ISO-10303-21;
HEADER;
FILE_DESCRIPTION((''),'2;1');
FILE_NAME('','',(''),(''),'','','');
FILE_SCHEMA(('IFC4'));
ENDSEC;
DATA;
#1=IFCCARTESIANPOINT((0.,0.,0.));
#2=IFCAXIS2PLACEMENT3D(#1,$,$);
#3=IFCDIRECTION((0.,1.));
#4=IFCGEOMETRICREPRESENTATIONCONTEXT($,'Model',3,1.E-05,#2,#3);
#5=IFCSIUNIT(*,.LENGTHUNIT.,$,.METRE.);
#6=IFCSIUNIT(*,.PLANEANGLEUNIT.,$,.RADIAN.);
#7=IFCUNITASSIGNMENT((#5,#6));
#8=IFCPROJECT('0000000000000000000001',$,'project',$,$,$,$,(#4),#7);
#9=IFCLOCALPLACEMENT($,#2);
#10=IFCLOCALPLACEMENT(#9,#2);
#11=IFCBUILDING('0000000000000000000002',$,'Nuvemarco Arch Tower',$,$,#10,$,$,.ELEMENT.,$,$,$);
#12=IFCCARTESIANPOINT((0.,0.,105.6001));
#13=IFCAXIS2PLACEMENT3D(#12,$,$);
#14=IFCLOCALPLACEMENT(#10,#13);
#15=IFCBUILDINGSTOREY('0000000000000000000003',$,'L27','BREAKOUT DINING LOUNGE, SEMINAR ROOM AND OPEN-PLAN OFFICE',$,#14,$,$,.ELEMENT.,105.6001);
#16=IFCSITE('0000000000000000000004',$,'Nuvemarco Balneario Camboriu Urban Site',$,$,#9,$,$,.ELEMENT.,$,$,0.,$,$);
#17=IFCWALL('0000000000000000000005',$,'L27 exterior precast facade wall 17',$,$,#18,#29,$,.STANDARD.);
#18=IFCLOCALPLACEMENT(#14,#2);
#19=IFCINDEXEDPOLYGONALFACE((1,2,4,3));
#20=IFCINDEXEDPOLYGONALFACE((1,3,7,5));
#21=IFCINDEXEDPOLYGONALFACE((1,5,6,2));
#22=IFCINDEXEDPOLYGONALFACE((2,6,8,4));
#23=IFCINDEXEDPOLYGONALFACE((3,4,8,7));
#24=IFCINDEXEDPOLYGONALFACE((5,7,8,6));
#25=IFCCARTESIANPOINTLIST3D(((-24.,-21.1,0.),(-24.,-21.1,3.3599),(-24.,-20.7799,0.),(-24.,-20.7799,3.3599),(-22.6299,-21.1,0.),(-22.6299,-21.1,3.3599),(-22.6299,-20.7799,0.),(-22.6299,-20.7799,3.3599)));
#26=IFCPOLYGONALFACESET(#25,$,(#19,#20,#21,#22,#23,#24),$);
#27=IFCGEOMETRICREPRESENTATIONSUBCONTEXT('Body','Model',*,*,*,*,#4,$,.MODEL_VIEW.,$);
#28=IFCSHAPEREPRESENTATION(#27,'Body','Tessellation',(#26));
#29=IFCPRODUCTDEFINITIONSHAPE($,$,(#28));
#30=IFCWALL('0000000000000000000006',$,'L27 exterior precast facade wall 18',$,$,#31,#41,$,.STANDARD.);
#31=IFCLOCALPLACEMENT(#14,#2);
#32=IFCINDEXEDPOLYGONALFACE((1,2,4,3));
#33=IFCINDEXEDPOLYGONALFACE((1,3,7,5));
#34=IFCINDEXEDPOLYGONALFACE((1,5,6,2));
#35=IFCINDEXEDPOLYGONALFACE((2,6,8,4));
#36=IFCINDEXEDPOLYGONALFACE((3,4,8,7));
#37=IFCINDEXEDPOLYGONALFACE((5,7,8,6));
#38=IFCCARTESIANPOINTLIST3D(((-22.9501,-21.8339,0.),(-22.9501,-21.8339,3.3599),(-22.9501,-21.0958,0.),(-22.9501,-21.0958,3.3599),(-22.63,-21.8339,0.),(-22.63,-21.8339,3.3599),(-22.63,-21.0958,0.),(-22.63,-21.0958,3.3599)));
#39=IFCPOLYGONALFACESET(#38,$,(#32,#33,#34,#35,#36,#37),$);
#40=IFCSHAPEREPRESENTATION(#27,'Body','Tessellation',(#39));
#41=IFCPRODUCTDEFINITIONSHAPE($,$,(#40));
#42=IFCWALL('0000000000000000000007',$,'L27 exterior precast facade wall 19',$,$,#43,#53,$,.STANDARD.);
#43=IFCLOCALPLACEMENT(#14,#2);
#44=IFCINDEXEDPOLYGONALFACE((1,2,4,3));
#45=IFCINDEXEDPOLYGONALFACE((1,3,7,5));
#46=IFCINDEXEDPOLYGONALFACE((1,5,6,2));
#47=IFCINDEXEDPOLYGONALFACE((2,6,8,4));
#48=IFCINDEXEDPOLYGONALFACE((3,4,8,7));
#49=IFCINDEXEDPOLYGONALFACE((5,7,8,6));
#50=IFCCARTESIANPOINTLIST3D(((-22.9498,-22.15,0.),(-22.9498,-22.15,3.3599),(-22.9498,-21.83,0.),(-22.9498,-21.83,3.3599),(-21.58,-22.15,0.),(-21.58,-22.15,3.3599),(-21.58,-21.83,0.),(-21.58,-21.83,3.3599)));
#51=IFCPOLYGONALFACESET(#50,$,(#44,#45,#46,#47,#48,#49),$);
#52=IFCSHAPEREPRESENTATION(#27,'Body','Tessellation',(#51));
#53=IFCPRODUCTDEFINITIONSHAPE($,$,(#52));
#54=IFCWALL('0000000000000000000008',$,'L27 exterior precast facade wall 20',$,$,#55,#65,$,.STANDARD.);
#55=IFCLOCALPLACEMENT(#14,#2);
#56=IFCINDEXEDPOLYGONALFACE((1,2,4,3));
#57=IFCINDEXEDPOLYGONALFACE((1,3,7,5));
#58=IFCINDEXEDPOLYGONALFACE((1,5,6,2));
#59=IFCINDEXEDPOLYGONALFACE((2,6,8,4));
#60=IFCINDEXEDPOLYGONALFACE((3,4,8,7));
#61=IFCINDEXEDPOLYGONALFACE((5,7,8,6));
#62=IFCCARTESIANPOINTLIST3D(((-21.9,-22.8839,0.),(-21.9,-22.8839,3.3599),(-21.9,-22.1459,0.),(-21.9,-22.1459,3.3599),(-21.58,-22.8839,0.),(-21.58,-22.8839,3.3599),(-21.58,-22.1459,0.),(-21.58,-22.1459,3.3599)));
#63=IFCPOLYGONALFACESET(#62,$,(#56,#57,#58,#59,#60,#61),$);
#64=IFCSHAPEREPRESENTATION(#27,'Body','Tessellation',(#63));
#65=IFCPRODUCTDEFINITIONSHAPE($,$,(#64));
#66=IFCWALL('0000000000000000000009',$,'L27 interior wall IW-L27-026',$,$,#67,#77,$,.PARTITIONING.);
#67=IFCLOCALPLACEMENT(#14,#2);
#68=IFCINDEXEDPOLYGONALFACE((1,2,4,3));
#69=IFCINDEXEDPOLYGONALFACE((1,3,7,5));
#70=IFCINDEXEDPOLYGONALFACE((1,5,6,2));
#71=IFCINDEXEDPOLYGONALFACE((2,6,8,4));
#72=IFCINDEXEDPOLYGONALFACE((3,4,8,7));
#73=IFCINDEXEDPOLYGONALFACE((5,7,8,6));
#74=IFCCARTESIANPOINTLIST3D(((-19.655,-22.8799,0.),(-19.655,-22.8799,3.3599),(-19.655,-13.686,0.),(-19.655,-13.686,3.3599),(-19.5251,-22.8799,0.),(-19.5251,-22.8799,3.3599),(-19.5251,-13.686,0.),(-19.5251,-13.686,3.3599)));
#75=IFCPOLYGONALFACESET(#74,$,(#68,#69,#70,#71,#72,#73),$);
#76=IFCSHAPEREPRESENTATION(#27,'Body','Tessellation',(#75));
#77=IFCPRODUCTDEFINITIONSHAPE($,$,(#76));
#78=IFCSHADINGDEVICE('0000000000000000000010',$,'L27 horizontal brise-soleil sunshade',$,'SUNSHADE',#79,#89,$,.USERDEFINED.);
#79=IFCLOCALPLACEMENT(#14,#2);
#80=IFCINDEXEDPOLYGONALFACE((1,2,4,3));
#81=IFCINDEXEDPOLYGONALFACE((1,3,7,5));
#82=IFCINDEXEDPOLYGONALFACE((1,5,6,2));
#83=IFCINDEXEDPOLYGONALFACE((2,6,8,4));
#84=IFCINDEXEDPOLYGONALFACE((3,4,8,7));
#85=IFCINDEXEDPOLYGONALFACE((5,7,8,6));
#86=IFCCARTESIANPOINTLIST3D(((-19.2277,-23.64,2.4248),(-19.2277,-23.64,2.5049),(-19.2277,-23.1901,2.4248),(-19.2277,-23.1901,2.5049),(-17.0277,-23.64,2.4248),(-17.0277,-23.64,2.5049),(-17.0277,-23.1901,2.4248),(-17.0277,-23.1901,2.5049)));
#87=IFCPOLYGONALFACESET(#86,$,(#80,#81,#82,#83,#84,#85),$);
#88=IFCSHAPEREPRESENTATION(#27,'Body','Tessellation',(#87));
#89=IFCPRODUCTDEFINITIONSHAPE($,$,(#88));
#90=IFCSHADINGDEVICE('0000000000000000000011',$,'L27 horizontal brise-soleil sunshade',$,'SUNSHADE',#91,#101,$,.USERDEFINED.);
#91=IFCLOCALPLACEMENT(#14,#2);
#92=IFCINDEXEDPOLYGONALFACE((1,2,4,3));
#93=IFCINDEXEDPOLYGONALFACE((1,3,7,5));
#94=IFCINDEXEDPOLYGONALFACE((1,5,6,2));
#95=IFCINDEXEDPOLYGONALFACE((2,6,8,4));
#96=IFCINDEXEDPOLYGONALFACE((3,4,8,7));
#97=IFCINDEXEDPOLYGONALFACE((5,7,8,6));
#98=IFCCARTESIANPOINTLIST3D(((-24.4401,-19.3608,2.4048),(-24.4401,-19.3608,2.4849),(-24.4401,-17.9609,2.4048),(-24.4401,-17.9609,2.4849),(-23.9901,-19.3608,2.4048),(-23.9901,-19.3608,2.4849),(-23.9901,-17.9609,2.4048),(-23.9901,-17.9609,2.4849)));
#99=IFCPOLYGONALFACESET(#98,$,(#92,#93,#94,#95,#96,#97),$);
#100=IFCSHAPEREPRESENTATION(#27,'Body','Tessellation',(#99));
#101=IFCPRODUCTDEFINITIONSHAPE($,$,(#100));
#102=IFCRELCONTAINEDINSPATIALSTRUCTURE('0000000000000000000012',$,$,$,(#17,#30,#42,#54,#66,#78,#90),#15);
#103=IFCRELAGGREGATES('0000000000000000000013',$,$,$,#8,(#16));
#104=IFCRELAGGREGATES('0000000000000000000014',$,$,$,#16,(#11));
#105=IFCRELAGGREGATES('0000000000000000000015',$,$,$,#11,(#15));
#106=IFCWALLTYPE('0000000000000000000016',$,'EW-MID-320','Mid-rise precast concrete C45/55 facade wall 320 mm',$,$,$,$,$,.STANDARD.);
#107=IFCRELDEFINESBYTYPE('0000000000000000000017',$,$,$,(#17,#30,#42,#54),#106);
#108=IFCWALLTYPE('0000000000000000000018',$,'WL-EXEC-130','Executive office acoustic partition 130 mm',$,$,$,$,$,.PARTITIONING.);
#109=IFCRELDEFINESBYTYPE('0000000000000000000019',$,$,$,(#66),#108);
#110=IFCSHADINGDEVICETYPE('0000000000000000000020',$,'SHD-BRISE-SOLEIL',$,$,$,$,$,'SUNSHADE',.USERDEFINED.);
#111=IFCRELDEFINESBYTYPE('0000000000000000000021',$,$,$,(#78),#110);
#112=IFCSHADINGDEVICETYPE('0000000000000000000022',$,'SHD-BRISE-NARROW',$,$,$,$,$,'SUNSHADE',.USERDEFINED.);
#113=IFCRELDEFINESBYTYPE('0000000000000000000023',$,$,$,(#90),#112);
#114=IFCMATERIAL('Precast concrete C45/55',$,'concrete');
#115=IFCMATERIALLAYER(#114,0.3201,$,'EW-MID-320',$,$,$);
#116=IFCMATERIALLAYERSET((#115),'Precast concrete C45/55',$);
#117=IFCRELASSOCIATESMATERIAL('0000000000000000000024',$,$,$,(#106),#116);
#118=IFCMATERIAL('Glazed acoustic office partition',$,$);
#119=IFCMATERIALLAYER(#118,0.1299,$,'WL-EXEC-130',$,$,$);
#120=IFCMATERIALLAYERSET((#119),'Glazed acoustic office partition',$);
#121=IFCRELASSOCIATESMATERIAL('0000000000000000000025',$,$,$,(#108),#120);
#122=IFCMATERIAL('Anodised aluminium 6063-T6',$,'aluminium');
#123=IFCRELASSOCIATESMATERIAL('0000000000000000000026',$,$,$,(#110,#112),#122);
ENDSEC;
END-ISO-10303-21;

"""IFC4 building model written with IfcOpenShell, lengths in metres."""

from ifc_helpers import new_model, si_unit, direction, frame, frame_2d, origin, origin_2d, place, context, subcontext, project, spatial, rectangle, extrude, source, transform, mapped, material, layer, layer_set, type_object, type_shapes, element, save


model = new_model("IFC4")

# Units and contexts
model_context = context("Model", 3, precision=1e-05, world=origin(), true_north=direction((0.0, 1.0)))
body_context = subcontext(model_context, "Body", "Model", "MODEL_VIEW")
ifc_project = project(units=[si_unit("LENGTHUNIT", "METRE"), si_unit("PLANEANGLEUNIT", "RADIAN")], contexts=[model_context])

# Site, building, storey
site_placement = place(None, origin())
site = spatial("IfcSite", under=ifc_project, at=site_placement, Name="Nuvemarco Balneario Camboriu Urban Site", CompositionType="ELEMENT", RefElevation=0.0)
building_placement = place(site_placement, origin())
building = spatial("IfcBuilding", under=site, at=building_placement, Name="Nuvemarco Arch Tower", CompositionType="ELEMENT")
storey_placement = place(building_placement, frame((0.0, 0.0, 105.6001)))
storey = spatial("IfcBuildingStorey", under=building, at=storey_placement, Name="L27", Description="BREAKOUT DINING LOUNGE, SEMINAR ROOM AND OPEN-PLAN OFFICE", CompositionType="ELEMENT", Elevation=105.6001)

# Shared definitions
ifc_material_1 = material(Name="Precast concrete C45/55", Category="concrete")
ifc_layer_1 = layer(ifc_material_1, 0.3201, Name="EW-MID-320")
ifc_layer_set_1 = layer_set([ifc_layer_1], Name="Precast concrete C45/55")
wall_type_1 = type_object("IfcWallType", Name="EW-MID-320", Description="Mid-rise precast concrete C45/55 facade wall 320 mm", PredefinedType="STANDARD", material=ifc_layer_set_1)

# Walls
wall_1_placement = place(storey_placement, frame((-24.0, -20.9399, 0.0), z_axis=(0.0, 0.0, 1.0), x_axis=(1.0, 0.0, 0.0)))
element("IfcWall", 1, at=wall_1_placement, inside=storey, type_object=wall_type_1, Name="L27 exterior precast facade wall 17", PredefinedType="STANDARD", context=body_context, shape_type="SweptSolid", body=[
    extrude(rectangle(XDim=1.3701, YDim=0.3201, at=frame_2d((0.6851, 0.0))), origin(), (0.0, 0.0, 1.0), 3.3599),
])
wall_2_placement = place(storey_placement, frame((-22.79, -21.834, 0.0), z_axis=(0.0, 0.0, 1.0), x_axis=(0.0, 1.0, 0.0)))
element("IfcWall", 2, at=wall_2_placement, inside=storey, type_object=wall_type_1, Name="L27 exterior precast facade wall 18", PredefinedType="STANDARD", context=body_context, shape_type="SweptSolid", body=[
    extrude(rectangle(XDim=0.738, YDim=0.3201, at=frame_2d((0.3691, 0.0))), origin(), (0.0, 0.0, 1.0), 3.3599),
])
wall_3_placement = place(storey_placement, frame((-22.95, -21.99, 0.0), z_axis=(0.0, 0.0, 1.0), x_axis=(1.0, 0.0, 0.0)))
element("IfcWall", 3, at=wall_3_placement, inside=storey, type_object=wall_type_1, Name="L27 exterior precast facade wall 19", PredefinedType="STANDARD", context=body_context, shape_type="SweptSolid", body=[
    extrude(rectangle(XDim=1.3699, YDim=0.3201, at=frame_2d((0.6851, 0.0))), origin(), (0.0, 0.0, 1.0), 3.3599),
])
wall_4_placement = place(storey_placement, frame((-21.74, -22.884, 0.0), z_axis=(0.0, 0.0, 1.0), x_axis=(0.0, 1.0, 0.0)))
element("IfcWall", 4, at=wall_4_placement, inside=storey, type_object=wall_type_1, Name="L27 exterior precast facade wall 20", PredefinedType="STANDARD", context=body_context, shape_type="SweptSolid", body=[
    extrude(rectangle(XDim=0.738, YDim=0.3201, at=frame_2d((0.3691, 0.0))), origin(), (0.0, 0.0, 1.0), 3.3599),
])
ifc_material_2 = material(Name="Glazed acoustic office partition")
ifc_layer_2 = layer(ifc_material_2, 0.1299, Name="WL-EXEC-130")
ifc_layer_set_2 = layer_set([ifc_layer_2], Name="Glazed acoustic office partition")
wall_type_2 = type_object("IfcWallType", Name="WL-EXEC-130", Description="Executive office acoustic partition 130 mm", PredefinedType="PARTITIONING", material=ifc_layer_set_2)
wall_5_placement = place(storey_placement, frame((-19.5901, -22.8799, 0.0), z_axis=(0.0, 0.0, 1.0), x_axis=(0.0, 1.0, 0.0)))
element("IfcWall", 5, at=wall_5_placement, inside=storey, type_object=wall_type_2, Name="L27 interior wall IW-L27-026", PredefinedType="PARTITIONING", context=body_context, shape_type="SweptSolid", body=[
    extrude(rectangle(XDim=9.1938, YDim=0.1299, at=frame_2d((4.5969, 0.0))), origin(), (0.0, 0.0, 1.0), 3.3599),
])

# Shading devices
ifc_material_3 = material(Name="Anodised aluminium 6063-T6", Category="aluminium")
shading_device_type_1 = type_object("IfcShadingDeviceType", Name="SHD-BRISE-SOLEIL", ElementType="SUNSHADE", PredefinedType="USERDEFINED", material=ifc_material_3)
shared_shape_1 = source(origin(), body_context, "Body", "SweptSolid", [
    extrude(rectangle(XDim=2.2, YDim=0.45, at=origin_2d()), origin(), (0.0, 0.0, 1.0), 0.0801),
])
type_shapes(shading_device_type_1, [shared_shape_1])
shading_device_1_placement = place(storey_placement, frame((-18.1277, -23.415, 2.4248), z_axis=(0.0, 0.0, 1.0), x_axis=(1.0, 0.0, 0.0)))
element("IfcShadingDevice", 6, at=shading_device_1_placement, inside=storey, type_object=shading_device_type_1, Name="L27 horizontal brise-soleil sunshade", ObjectType="SUNSHADE", PredefinedType="USERDEFINED", context=body_context, shape_type="MappedRepresentation", body=[
    mapped(shared_shape_1, transform((0.0, 0.0, 0.0), scale=1.0)),
])
shading_device_type_2 = type_object("IfcShadingDeviceType", Name="SHD-BRISE-NARROW", ElementType="SUNSHADE", PredefinedType="USERDEFINED", material=ifc_material_3)
shared_shape_2 = source(origin(), body_context, "Body", "SweptSolid", [
    extrude(rectangle(XDim=1.3999, YDim=0.45, at=origin_2d()), origin(), (0.0, 0.0, 1.0), 0.0801),
])
type_shapes(shading_device_type_2, [shared_shape_2])
shading_device_2_placement = place(storey_placement, frame((-24.2151, -18.6609, 2.4048), z_axis=(0.0, 0.0, 1.0), x_axis=(0.0, 1.0, 0.0)))
element("IfcShadingDevice", 7, at=shading_device_2_placement, inside=storey, type_object=shading_device_type_2, Name="L27 horizontal brise-soleil sunshade", ObjectType="SUNSHADE", PredefinedType="USERDEFINED", context=body_context, shape_type="MappedRepresentation", body=[
    mapped(shared_shape_2, transform((0.0, 0.0, 0.0), scale=1.0)),
])

save(model, "model.ifc")
